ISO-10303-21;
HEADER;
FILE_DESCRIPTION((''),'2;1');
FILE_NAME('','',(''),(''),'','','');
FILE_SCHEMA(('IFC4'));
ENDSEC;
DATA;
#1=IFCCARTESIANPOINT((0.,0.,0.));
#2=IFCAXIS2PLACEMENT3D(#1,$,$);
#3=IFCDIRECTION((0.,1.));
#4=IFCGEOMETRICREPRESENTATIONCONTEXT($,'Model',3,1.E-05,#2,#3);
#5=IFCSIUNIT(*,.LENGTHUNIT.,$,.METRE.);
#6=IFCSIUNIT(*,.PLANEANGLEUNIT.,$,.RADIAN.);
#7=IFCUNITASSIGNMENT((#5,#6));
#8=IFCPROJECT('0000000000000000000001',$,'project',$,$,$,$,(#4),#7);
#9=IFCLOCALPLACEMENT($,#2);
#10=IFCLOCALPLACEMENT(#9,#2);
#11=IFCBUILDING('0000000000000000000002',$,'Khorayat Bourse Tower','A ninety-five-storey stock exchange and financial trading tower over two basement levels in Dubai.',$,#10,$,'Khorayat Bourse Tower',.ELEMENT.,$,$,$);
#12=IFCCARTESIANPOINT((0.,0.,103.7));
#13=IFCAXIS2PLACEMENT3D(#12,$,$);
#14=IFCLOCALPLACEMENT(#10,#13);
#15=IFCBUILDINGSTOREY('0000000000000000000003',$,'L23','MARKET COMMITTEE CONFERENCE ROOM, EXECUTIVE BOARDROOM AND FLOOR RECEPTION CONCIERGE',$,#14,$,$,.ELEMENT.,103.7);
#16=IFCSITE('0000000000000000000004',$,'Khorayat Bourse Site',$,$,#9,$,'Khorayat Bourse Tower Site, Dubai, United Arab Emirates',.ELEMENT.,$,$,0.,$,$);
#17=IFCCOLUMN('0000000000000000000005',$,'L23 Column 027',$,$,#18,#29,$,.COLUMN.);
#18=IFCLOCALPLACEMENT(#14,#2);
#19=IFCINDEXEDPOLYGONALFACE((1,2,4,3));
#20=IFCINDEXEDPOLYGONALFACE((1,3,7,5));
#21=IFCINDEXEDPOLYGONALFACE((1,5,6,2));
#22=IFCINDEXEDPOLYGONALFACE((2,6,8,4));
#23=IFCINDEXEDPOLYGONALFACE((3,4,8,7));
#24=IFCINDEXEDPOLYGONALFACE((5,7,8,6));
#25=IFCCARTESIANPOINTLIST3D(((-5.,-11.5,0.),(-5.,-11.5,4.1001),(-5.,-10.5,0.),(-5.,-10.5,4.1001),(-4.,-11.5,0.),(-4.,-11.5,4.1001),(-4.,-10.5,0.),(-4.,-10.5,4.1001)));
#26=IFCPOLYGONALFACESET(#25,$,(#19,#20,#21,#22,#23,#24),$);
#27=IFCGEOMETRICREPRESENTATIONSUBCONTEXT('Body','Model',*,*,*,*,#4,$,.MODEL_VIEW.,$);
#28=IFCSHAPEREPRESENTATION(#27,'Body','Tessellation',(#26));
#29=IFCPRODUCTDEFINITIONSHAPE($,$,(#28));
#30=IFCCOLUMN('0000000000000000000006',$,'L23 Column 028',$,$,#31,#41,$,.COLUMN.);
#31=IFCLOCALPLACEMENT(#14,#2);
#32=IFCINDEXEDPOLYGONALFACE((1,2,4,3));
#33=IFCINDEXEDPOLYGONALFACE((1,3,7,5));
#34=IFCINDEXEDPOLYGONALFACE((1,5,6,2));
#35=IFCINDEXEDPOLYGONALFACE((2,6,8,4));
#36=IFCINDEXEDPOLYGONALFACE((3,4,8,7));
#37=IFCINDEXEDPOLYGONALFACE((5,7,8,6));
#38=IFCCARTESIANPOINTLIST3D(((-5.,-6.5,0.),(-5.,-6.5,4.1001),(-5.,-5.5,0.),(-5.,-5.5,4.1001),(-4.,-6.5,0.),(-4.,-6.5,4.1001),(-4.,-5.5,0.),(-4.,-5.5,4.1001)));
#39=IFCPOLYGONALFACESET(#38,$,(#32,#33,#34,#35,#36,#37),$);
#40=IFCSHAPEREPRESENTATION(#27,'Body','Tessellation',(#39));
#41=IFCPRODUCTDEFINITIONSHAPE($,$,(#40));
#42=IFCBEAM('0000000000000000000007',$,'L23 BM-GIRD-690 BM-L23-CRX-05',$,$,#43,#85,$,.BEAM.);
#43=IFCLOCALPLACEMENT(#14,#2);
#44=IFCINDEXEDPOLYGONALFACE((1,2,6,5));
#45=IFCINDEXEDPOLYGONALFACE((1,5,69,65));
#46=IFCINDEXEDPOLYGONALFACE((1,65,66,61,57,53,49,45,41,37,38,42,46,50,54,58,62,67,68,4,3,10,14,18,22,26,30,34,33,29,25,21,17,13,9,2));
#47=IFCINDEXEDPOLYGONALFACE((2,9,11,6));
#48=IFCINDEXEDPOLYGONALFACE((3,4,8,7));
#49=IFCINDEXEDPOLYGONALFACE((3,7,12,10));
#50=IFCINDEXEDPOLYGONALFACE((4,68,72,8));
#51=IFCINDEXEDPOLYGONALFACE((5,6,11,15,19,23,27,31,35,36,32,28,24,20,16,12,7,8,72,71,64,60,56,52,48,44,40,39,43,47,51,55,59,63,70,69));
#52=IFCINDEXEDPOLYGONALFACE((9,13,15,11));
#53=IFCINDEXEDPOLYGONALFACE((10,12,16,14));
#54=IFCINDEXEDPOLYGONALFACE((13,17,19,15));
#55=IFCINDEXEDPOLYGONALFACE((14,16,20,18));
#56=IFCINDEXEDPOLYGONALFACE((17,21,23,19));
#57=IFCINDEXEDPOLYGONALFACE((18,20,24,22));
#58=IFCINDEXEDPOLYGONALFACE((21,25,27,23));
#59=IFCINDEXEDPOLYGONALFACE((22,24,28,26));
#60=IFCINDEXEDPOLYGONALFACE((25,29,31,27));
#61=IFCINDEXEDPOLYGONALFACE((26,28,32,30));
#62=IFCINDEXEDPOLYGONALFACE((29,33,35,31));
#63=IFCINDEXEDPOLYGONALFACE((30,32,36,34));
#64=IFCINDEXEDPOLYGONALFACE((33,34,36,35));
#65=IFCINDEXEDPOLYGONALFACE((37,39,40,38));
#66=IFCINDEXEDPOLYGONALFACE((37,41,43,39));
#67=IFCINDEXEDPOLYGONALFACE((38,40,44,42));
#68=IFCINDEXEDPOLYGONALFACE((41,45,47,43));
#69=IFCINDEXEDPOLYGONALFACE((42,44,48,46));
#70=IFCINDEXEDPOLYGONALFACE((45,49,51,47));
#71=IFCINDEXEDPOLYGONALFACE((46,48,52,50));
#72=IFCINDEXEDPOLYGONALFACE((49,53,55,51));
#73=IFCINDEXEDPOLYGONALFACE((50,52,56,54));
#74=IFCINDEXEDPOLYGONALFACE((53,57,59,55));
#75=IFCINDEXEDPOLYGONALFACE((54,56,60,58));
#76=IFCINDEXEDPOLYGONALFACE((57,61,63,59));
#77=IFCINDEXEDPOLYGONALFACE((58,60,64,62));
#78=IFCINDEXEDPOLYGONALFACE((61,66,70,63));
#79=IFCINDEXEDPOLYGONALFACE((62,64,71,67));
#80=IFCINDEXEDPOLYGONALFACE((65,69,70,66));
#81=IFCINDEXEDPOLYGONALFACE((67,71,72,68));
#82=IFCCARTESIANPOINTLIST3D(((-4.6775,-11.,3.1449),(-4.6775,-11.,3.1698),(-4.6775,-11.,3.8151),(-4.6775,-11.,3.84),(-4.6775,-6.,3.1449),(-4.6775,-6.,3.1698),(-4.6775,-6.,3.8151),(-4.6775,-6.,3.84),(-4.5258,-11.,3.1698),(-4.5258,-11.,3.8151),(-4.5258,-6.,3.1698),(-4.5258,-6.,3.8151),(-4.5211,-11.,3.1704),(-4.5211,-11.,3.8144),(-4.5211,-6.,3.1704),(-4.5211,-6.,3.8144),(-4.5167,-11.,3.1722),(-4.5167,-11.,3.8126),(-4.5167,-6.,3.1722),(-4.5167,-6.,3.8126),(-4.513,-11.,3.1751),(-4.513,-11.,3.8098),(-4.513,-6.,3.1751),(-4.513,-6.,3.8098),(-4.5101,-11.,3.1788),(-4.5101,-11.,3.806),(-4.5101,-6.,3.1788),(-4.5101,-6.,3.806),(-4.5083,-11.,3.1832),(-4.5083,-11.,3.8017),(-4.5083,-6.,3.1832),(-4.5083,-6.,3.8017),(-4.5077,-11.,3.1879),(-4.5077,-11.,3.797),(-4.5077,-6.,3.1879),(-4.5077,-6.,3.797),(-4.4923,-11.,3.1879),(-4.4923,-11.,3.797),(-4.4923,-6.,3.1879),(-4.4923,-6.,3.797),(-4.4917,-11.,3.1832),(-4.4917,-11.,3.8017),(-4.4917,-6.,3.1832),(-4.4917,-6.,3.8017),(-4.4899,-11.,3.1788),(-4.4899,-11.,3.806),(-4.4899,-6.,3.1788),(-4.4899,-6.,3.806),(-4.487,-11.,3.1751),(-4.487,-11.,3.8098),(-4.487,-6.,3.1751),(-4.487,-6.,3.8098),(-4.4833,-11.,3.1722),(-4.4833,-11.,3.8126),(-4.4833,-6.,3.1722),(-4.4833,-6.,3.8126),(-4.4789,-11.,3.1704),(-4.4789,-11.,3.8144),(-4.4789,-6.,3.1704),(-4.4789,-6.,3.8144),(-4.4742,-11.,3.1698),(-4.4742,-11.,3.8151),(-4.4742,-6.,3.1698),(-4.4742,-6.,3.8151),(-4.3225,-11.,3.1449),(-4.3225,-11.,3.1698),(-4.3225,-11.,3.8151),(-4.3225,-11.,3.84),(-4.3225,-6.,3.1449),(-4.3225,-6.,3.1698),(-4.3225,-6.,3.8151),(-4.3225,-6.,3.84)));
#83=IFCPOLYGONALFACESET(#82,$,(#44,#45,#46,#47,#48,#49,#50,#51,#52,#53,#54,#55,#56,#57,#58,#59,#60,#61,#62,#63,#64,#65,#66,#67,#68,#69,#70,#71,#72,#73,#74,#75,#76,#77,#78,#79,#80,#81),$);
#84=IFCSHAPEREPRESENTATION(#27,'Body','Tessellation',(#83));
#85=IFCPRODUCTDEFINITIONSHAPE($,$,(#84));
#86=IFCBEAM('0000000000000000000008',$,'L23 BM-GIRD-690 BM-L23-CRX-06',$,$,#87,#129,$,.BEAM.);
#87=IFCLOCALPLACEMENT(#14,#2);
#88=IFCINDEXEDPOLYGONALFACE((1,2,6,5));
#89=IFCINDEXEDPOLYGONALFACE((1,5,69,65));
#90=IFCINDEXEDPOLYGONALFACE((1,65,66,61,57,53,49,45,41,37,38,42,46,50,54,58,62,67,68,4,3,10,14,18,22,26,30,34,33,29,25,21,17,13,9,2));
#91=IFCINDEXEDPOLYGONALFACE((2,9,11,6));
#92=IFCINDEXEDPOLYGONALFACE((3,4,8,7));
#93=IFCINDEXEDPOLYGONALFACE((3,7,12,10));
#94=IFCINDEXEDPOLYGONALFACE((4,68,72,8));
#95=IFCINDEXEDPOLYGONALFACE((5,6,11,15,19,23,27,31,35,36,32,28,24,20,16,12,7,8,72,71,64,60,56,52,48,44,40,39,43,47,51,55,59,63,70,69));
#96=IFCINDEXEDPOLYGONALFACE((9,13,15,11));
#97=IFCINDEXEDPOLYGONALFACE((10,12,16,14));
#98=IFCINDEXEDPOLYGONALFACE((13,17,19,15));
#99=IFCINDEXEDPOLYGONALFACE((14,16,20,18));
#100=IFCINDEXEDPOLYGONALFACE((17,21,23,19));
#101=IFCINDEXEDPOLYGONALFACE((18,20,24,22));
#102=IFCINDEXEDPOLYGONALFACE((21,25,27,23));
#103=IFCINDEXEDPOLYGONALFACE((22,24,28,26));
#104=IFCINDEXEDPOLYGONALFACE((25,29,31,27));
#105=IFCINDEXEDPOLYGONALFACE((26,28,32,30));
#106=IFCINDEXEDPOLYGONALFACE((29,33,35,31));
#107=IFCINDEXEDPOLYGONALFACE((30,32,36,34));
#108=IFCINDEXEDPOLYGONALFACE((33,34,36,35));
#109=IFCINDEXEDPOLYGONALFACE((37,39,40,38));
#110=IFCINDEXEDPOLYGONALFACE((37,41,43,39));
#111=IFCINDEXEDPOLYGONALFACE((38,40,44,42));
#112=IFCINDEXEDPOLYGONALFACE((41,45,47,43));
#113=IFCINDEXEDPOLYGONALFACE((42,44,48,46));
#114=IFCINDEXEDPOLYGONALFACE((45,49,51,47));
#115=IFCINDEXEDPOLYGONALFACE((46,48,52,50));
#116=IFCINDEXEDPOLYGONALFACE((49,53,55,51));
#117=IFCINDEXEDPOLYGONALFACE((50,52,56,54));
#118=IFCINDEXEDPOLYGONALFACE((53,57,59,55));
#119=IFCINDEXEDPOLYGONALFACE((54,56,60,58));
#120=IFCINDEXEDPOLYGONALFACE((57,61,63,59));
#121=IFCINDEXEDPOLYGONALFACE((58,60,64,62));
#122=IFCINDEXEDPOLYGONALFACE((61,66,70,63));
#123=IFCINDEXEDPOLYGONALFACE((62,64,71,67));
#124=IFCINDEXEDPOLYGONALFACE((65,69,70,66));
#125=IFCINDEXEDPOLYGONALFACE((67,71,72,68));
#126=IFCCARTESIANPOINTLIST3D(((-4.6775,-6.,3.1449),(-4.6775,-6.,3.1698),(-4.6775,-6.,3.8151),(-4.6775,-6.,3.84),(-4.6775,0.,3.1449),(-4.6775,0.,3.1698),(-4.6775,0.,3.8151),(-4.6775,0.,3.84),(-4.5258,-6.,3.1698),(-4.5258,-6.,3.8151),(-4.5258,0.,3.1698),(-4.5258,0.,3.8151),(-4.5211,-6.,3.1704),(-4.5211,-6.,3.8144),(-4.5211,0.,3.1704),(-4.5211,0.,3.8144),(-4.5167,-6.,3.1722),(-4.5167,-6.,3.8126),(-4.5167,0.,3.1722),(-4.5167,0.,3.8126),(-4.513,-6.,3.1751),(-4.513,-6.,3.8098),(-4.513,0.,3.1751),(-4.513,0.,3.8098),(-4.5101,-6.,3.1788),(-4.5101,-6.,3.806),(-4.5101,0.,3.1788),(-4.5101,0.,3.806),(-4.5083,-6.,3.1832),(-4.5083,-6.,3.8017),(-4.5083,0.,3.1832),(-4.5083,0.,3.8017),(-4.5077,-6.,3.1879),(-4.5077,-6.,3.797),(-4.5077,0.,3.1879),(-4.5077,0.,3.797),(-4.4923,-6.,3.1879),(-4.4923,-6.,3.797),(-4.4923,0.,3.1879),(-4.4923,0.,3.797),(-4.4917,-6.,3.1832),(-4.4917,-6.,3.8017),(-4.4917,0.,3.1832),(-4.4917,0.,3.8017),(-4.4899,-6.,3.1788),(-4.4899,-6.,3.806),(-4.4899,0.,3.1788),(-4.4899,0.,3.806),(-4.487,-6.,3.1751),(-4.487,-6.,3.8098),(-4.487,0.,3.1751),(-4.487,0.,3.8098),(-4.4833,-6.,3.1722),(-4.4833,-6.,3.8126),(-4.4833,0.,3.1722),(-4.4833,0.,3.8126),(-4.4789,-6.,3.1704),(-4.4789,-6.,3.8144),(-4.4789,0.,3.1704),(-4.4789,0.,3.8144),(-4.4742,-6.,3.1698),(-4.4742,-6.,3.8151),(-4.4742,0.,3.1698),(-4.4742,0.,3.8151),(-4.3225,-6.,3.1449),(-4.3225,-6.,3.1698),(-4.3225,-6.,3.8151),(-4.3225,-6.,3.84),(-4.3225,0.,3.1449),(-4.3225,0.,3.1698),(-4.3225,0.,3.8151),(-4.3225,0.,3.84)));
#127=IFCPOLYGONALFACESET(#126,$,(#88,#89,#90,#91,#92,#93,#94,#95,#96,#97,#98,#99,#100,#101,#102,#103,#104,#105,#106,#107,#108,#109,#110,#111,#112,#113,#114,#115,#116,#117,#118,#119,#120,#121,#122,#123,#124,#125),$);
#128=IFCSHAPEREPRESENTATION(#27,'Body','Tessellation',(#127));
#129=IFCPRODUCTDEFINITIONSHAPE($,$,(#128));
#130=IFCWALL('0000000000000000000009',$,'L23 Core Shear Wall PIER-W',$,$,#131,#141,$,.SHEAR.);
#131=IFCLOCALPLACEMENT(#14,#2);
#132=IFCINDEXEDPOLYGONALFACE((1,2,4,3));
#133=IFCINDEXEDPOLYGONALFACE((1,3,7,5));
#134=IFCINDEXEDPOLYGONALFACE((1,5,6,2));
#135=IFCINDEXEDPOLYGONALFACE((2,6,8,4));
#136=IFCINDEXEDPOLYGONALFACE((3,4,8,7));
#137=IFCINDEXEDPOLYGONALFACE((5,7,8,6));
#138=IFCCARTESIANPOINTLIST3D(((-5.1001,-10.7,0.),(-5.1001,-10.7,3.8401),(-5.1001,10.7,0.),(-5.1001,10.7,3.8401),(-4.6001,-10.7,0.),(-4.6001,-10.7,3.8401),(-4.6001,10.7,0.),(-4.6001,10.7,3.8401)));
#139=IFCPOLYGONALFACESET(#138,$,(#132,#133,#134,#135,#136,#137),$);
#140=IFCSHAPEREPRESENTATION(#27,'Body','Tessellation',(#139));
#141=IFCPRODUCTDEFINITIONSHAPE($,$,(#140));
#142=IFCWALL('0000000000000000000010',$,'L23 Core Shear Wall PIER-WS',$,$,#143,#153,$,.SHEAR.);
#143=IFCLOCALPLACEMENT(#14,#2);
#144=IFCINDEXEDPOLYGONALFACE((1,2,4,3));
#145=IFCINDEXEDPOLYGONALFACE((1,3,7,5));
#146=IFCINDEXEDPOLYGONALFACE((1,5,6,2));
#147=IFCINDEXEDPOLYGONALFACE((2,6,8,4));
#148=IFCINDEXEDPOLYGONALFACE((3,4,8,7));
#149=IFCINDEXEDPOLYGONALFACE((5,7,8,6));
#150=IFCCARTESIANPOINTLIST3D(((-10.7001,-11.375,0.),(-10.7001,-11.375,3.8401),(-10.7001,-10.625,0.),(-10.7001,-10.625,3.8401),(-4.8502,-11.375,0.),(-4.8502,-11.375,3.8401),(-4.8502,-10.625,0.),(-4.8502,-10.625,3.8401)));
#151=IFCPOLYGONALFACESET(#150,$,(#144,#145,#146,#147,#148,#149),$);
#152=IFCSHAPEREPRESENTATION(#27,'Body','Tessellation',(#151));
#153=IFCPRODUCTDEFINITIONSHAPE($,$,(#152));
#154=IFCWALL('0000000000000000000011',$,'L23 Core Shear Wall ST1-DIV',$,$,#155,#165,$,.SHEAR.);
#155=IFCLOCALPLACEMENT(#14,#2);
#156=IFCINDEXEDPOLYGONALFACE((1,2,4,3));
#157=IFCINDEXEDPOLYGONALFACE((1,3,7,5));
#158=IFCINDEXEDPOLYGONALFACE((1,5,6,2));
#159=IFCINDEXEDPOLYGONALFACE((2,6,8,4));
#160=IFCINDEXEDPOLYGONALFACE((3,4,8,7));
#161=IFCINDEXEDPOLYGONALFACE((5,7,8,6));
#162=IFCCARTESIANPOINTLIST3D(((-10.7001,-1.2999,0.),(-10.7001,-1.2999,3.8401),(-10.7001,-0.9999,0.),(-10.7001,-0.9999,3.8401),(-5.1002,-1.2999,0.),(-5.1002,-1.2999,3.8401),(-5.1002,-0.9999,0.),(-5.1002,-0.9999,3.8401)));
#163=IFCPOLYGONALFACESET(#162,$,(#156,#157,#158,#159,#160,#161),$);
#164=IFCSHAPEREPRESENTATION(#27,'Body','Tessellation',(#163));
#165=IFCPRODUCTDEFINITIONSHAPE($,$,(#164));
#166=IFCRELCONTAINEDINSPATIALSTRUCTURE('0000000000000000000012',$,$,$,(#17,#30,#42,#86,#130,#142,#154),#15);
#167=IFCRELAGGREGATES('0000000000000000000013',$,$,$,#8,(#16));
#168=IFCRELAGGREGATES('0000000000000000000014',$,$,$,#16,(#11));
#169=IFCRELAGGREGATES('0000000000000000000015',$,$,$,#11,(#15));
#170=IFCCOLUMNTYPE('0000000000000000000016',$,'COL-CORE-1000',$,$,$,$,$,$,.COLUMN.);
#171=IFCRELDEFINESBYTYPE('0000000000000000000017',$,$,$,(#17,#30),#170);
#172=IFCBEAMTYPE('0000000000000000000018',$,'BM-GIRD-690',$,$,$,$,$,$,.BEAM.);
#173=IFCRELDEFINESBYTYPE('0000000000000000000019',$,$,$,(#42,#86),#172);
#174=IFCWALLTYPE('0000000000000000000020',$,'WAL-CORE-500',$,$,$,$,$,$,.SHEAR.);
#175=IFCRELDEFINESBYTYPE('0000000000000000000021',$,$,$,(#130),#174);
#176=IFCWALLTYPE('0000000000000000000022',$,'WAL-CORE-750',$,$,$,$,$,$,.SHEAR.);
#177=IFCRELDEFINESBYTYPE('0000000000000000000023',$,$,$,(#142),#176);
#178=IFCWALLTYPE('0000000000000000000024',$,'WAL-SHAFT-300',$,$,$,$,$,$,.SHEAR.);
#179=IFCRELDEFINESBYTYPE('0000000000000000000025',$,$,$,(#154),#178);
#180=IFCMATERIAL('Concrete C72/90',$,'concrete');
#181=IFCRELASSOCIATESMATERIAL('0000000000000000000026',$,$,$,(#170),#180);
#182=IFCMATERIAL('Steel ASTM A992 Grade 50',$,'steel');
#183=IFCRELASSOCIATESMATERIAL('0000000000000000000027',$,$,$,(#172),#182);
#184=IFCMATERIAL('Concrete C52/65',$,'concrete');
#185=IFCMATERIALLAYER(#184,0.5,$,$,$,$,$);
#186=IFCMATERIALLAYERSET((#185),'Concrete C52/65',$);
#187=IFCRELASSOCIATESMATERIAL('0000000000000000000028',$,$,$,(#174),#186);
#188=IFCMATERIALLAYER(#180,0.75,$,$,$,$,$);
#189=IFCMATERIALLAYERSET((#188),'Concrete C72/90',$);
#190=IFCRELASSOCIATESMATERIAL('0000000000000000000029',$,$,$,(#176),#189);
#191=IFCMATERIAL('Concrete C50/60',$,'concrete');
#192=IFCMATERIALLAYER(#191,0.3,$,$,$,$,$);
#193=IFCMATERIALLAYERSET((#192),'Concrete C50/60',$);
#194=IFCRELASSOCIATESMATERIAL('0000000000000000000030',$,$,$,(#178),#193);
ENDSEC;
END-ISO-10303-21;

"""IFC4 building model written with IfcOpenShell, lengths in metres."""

from ifc_helpers import new_model, si_unit, direction, frame, frame_2d, origin, origin_2d, place, context, subcontext, project, spatial, rectangle, i_section, extrude, source, transform, mapped, material, layer, layer_set, material_profile, profile_set, type_object, element, save


model = new_model("IFC4")

# Units and contexts
model_context = context("Model", 3, precision=1e-05, world=origin(), true_north=direction((0.0, 1.0)))
body_context = subcontext(model_context, "Body", "Model", "MODEL_VIEW")
ifc_project = project(units=[si_unit("LENGTHUNIT", "METRE"), si_unit("PLANEANGLEUNIT", "RADIAN")], contexts=[model_context])

# Site, building, storey
site_placement = place(None, origin())
site = spatial("IfcSite", under=ifc_project, at=site_placement, Name="Khorayat Bourse Site", LongName="Khorayat Bourse Tower Site, Dubai, United Arab Emirates", CompositionType="ELEMENT", RefElevation=0.0)
building_placement = place(site_placement, origin())
building = spatial("IfcBuilding", under=site, at=building_placement, Name="Khorayat Bourse Tower", Description="A ninety-five-storey stock exchange and financial trading tower over two basement levels in Dubai.", LongName="Khorayat Bourse Tower", CompositionType="ELEMENT")
storey_placement = place(building_placement, frame((0.0, 0.0, 103.7)))
storey = spatial("IfcBuildingStorey", under=building, at=storey_placement, Name="L23", Description="MARKET COMMITTEE CONFERENCE ROOM, EXECUTIVE BOARDROOM AND FLOOR RECEPTION CONCIERGE", CompositionType="ELEMENT", Elevation=103.7)

# Columns
ifc_material_1 = material(Name="Concrete C72/90", Category="concrete")
ifc_material_profile_1 = material_profile(ifc_material_1, rectangle(XDim=1.0, YDim=1.0, at=origin_2d()), Name="RC 1000x1000")
ifc_profile_set_1 = profile_set([ifc_material_profile_1], Name="Concrete C72/90")
column_type = type_object("IfcColumnType", Name="COL-CORE-1000", PredefinedType="COLUMN", material=ifc_profile_set_1)
shared_shape_1 = source(origin(), body_context, "Body", "SweptSolid", [
    extrude(rectangle(XDim=1.0, YDim=1.0, at=origin_2d()), origin(), (0.0, 0.0, 1.0), 4.1001),
])
for number, where, z_axis, x_axis, name in (
    (1, (-4.5, -11.0, 0.0), (0.0, 0.0, 1.0), (1.0, 0.0, 0.0), "L23 Column 027"),
    (2, (-4.5, -6.0, 0.0), (0.0, 0.0, 1.0), (1.0, 0.0, 0.0), "L23 Column 028"),
):
    element("IfcColumn", number, at=place(storey_placement, frame(where, z_axis=z_axis, x_axis=x_axis)), inside=storey, type_object=column_type, Name=name, PredefinedType="COLUMN", context=body_context, shape_type="MappedRepresentation", body=[
        mapped(shared_shape_1, transform((0.0, 0.0, 0.0), scale=1.0)),
    ])

# Beams
ifc_material_2 = material(Name="Steel ASTM A992 Grade 50", Category="steel")
ifc_material_profile_2 = material_profile(ifc_material_2, i_section(OverallWidth=0.355, OverallDepth=0.6951, WebThickness=0.0154, FlangeThickness=0.0249, FilletRadius=0.0181, at=origin_2d()), Name="W690X217")
ifc_profile_set_2 = profile_set([ifc_material_profile_2], Name="Steel ASTM A992 Grade 50")
beam_type = type_object("IfcBeamType", Name="BM-GIRD-690", PredefinedType="BEAM", material=ifc_profile_set_2)
shared_shape_2 = source(origin(), body_context, "Body", "SweptSolid", [
    extrude(i_section(OverallWidth=0.355, OverallDepth=0.6951, WebThickness=0.0154, FlangeThickness=0.0249, FilletRadius=0.0181, at=origin_2d()), origin(), (0.0, 0.0, 1.0), 5.0),
])
beam_1_placement = place(storey_placement, frame((-4.5, -11.0, 3.4924), z_axis=(0.0, 1.0, 0.0), x_axis=(-1.0, 0.0, 0.0)))
element("IfcBeam", 3, at=beam_1_placement, inside=storey, type_object=beam_type, Name="L23 BM-GIRD-690 BM-L23-CRX-05", PredefinedType="BEAM", context=body_context, shape_type="MappedRepresentation", body=[
    mapped(shared_shape_2, transform((0.0, 0.0, 0.0), scale=1.0)),
])
shared_shape_3 = source(origin(), body_context, "Body", "SweptSolid", [
    extrude(i_section(OverallWidth=0.355, OverallDepth=0.6951, WebThickness=0.0154, FlangeThickness=0.0249, FilletRadius=0.0181, at=origin_2d()), origin(), (0.0, 0.0, 1.0), 6.0),
])
beam_2_placement = place(storey_placement, frame((-4.5, -6.0, 3.4924), z_axis=(0.0, 1.0, 0.0), x_axis=(-1.0, 0.0, 0.0)))
element("IfcBeam", 4, at=beam_2_placement, inside=storey, type_object=beam_type, Name="L23 BM-GIRD-690 BM-L23-CRX-06", PredefinedType="BEAM", context=body_context, shape_type="MappedRepresentation", body=[
    mapped(shared_shape_3, transform((0.0, 0.0, 0.0), scale=1.0)),
])

# Walls
ifc_material_3 = material(Name="Concrete C52/65", Category="concrete")
ifc_layer_1 = layer(ifc_material_3, 0.5)
ifc_layer_set_1 = layer_set([ifc_layer_1], Name="Concrete C52/65")
wall_type_1 = type_object("IfcWallType", Name="WAL-CORE-500", PredefinedType="SHEAR", material=ifc_layer_set_1)
shared_shape_4 = source(origin(), body_context, "Body", "SweptSolid", [
    extrude(rectangle(XDim=21.3999, YDim=0.5, at=frame_2d((10.7, 0.0))), origin(), (0.0, 0.0, 1.0), 3.8401),
])
wall_1_placement = place(storey_placement, frame((-4.8501, -10.7, 0.0), z_axis=(0.0, 0.0, 1.0), x_axis=(0.0, 1.0, 0.0)))
element("IfcWall", 5, at=wall_1_placement, inside=storey, type_object=wall_type_1, Name="L23 Core Shear Wall PIER-W", PredefinedType="SHEAR", context=body_context, shape_type="MappedRepresentation", body=[
    mapped(shared_shape_4, transform((0.0, 0.0, 0.0), scale=1.0)),
])
ifc_layer_2 = layer(ifc_material_1, 0.75)
ifc_layer_set_2 = layer_set([ifc_layer_2], Name="Concrete C72/90")
wall_type_2 = type_object("IfcWallType", Name="WAL-CORE-750", PredefinedType="SHEAR", material=ifc_layer_set_2)
shared_shape_5 = source(origin(), body_context, "Body", "SweptSolid", [
    extrude(rectangle(XDim=5.8499, YDim=0.75, at=frame_2d((2.9248, 0.0))), origin(), (0.0, 0.0, 1.0), 3.8401),
])
wall_2_placement = place(storey_placement, frame((-10.7, -11.0, 0.0), z_axis=(0.0, 0.0, 1.0), x_axis=(1.0, 0.0, 0.0)))
element("IfcWall", 6, at=wall_2_placement, inside=storey, type_object=wall_type_2, Name="L23 Core Shear Wall PIER-WS", PredefinedType="SHEAR", context=body_context, shape_type="MappedRepresentation", body=[
    mapped(shared_shape_5, transform((0.0, 0.0, 0.0), scale=1.0)),
])
ifc_material_4 = material(Name="Concrete C50/60", Category="concrete")
ifc_layer_3 = layer(ifc_material_4, 0.3)
ifc_layer_set_3 = layer_set([ifc_layer_3], Name="Concrete C50/60")
wall_type_3 = type_object("IfcWallType", Name="WAL-SHAFT-300", PredefinedType="SHEAR", material=ifc_layer_set_3)
shared_shape_6 = source(origin(), body_context, "Body", "SweptSolid", [
    extrude(rectangle(XDim=5.5999, YDim=0.3, at=frame_2d((2.7998, 0.0))), origin(), (0.0, 0.0, 1.0), 3.8401),
])
wall_3_placement = place(storey_placement, frame((-10.7, -1.1499, 0.0), z_axis=(0.0, 0.0, 1.0), x_axis=(1.0, 0.0, 0.0)))
element("IfcWall", 7, at=wall_3_placement, inside=storey, type_object=wall_type_3, Name="L23 Core Shear Wall ST1-DIV", PredefinedType="SHEAR", context=body_context, shape_type="MappedRepresentation", body=[
    mapped(shared_shape_6, transform((0.0, 0.0, 0.0), scale=1.0)),
])

save(model, "model.ifc")
